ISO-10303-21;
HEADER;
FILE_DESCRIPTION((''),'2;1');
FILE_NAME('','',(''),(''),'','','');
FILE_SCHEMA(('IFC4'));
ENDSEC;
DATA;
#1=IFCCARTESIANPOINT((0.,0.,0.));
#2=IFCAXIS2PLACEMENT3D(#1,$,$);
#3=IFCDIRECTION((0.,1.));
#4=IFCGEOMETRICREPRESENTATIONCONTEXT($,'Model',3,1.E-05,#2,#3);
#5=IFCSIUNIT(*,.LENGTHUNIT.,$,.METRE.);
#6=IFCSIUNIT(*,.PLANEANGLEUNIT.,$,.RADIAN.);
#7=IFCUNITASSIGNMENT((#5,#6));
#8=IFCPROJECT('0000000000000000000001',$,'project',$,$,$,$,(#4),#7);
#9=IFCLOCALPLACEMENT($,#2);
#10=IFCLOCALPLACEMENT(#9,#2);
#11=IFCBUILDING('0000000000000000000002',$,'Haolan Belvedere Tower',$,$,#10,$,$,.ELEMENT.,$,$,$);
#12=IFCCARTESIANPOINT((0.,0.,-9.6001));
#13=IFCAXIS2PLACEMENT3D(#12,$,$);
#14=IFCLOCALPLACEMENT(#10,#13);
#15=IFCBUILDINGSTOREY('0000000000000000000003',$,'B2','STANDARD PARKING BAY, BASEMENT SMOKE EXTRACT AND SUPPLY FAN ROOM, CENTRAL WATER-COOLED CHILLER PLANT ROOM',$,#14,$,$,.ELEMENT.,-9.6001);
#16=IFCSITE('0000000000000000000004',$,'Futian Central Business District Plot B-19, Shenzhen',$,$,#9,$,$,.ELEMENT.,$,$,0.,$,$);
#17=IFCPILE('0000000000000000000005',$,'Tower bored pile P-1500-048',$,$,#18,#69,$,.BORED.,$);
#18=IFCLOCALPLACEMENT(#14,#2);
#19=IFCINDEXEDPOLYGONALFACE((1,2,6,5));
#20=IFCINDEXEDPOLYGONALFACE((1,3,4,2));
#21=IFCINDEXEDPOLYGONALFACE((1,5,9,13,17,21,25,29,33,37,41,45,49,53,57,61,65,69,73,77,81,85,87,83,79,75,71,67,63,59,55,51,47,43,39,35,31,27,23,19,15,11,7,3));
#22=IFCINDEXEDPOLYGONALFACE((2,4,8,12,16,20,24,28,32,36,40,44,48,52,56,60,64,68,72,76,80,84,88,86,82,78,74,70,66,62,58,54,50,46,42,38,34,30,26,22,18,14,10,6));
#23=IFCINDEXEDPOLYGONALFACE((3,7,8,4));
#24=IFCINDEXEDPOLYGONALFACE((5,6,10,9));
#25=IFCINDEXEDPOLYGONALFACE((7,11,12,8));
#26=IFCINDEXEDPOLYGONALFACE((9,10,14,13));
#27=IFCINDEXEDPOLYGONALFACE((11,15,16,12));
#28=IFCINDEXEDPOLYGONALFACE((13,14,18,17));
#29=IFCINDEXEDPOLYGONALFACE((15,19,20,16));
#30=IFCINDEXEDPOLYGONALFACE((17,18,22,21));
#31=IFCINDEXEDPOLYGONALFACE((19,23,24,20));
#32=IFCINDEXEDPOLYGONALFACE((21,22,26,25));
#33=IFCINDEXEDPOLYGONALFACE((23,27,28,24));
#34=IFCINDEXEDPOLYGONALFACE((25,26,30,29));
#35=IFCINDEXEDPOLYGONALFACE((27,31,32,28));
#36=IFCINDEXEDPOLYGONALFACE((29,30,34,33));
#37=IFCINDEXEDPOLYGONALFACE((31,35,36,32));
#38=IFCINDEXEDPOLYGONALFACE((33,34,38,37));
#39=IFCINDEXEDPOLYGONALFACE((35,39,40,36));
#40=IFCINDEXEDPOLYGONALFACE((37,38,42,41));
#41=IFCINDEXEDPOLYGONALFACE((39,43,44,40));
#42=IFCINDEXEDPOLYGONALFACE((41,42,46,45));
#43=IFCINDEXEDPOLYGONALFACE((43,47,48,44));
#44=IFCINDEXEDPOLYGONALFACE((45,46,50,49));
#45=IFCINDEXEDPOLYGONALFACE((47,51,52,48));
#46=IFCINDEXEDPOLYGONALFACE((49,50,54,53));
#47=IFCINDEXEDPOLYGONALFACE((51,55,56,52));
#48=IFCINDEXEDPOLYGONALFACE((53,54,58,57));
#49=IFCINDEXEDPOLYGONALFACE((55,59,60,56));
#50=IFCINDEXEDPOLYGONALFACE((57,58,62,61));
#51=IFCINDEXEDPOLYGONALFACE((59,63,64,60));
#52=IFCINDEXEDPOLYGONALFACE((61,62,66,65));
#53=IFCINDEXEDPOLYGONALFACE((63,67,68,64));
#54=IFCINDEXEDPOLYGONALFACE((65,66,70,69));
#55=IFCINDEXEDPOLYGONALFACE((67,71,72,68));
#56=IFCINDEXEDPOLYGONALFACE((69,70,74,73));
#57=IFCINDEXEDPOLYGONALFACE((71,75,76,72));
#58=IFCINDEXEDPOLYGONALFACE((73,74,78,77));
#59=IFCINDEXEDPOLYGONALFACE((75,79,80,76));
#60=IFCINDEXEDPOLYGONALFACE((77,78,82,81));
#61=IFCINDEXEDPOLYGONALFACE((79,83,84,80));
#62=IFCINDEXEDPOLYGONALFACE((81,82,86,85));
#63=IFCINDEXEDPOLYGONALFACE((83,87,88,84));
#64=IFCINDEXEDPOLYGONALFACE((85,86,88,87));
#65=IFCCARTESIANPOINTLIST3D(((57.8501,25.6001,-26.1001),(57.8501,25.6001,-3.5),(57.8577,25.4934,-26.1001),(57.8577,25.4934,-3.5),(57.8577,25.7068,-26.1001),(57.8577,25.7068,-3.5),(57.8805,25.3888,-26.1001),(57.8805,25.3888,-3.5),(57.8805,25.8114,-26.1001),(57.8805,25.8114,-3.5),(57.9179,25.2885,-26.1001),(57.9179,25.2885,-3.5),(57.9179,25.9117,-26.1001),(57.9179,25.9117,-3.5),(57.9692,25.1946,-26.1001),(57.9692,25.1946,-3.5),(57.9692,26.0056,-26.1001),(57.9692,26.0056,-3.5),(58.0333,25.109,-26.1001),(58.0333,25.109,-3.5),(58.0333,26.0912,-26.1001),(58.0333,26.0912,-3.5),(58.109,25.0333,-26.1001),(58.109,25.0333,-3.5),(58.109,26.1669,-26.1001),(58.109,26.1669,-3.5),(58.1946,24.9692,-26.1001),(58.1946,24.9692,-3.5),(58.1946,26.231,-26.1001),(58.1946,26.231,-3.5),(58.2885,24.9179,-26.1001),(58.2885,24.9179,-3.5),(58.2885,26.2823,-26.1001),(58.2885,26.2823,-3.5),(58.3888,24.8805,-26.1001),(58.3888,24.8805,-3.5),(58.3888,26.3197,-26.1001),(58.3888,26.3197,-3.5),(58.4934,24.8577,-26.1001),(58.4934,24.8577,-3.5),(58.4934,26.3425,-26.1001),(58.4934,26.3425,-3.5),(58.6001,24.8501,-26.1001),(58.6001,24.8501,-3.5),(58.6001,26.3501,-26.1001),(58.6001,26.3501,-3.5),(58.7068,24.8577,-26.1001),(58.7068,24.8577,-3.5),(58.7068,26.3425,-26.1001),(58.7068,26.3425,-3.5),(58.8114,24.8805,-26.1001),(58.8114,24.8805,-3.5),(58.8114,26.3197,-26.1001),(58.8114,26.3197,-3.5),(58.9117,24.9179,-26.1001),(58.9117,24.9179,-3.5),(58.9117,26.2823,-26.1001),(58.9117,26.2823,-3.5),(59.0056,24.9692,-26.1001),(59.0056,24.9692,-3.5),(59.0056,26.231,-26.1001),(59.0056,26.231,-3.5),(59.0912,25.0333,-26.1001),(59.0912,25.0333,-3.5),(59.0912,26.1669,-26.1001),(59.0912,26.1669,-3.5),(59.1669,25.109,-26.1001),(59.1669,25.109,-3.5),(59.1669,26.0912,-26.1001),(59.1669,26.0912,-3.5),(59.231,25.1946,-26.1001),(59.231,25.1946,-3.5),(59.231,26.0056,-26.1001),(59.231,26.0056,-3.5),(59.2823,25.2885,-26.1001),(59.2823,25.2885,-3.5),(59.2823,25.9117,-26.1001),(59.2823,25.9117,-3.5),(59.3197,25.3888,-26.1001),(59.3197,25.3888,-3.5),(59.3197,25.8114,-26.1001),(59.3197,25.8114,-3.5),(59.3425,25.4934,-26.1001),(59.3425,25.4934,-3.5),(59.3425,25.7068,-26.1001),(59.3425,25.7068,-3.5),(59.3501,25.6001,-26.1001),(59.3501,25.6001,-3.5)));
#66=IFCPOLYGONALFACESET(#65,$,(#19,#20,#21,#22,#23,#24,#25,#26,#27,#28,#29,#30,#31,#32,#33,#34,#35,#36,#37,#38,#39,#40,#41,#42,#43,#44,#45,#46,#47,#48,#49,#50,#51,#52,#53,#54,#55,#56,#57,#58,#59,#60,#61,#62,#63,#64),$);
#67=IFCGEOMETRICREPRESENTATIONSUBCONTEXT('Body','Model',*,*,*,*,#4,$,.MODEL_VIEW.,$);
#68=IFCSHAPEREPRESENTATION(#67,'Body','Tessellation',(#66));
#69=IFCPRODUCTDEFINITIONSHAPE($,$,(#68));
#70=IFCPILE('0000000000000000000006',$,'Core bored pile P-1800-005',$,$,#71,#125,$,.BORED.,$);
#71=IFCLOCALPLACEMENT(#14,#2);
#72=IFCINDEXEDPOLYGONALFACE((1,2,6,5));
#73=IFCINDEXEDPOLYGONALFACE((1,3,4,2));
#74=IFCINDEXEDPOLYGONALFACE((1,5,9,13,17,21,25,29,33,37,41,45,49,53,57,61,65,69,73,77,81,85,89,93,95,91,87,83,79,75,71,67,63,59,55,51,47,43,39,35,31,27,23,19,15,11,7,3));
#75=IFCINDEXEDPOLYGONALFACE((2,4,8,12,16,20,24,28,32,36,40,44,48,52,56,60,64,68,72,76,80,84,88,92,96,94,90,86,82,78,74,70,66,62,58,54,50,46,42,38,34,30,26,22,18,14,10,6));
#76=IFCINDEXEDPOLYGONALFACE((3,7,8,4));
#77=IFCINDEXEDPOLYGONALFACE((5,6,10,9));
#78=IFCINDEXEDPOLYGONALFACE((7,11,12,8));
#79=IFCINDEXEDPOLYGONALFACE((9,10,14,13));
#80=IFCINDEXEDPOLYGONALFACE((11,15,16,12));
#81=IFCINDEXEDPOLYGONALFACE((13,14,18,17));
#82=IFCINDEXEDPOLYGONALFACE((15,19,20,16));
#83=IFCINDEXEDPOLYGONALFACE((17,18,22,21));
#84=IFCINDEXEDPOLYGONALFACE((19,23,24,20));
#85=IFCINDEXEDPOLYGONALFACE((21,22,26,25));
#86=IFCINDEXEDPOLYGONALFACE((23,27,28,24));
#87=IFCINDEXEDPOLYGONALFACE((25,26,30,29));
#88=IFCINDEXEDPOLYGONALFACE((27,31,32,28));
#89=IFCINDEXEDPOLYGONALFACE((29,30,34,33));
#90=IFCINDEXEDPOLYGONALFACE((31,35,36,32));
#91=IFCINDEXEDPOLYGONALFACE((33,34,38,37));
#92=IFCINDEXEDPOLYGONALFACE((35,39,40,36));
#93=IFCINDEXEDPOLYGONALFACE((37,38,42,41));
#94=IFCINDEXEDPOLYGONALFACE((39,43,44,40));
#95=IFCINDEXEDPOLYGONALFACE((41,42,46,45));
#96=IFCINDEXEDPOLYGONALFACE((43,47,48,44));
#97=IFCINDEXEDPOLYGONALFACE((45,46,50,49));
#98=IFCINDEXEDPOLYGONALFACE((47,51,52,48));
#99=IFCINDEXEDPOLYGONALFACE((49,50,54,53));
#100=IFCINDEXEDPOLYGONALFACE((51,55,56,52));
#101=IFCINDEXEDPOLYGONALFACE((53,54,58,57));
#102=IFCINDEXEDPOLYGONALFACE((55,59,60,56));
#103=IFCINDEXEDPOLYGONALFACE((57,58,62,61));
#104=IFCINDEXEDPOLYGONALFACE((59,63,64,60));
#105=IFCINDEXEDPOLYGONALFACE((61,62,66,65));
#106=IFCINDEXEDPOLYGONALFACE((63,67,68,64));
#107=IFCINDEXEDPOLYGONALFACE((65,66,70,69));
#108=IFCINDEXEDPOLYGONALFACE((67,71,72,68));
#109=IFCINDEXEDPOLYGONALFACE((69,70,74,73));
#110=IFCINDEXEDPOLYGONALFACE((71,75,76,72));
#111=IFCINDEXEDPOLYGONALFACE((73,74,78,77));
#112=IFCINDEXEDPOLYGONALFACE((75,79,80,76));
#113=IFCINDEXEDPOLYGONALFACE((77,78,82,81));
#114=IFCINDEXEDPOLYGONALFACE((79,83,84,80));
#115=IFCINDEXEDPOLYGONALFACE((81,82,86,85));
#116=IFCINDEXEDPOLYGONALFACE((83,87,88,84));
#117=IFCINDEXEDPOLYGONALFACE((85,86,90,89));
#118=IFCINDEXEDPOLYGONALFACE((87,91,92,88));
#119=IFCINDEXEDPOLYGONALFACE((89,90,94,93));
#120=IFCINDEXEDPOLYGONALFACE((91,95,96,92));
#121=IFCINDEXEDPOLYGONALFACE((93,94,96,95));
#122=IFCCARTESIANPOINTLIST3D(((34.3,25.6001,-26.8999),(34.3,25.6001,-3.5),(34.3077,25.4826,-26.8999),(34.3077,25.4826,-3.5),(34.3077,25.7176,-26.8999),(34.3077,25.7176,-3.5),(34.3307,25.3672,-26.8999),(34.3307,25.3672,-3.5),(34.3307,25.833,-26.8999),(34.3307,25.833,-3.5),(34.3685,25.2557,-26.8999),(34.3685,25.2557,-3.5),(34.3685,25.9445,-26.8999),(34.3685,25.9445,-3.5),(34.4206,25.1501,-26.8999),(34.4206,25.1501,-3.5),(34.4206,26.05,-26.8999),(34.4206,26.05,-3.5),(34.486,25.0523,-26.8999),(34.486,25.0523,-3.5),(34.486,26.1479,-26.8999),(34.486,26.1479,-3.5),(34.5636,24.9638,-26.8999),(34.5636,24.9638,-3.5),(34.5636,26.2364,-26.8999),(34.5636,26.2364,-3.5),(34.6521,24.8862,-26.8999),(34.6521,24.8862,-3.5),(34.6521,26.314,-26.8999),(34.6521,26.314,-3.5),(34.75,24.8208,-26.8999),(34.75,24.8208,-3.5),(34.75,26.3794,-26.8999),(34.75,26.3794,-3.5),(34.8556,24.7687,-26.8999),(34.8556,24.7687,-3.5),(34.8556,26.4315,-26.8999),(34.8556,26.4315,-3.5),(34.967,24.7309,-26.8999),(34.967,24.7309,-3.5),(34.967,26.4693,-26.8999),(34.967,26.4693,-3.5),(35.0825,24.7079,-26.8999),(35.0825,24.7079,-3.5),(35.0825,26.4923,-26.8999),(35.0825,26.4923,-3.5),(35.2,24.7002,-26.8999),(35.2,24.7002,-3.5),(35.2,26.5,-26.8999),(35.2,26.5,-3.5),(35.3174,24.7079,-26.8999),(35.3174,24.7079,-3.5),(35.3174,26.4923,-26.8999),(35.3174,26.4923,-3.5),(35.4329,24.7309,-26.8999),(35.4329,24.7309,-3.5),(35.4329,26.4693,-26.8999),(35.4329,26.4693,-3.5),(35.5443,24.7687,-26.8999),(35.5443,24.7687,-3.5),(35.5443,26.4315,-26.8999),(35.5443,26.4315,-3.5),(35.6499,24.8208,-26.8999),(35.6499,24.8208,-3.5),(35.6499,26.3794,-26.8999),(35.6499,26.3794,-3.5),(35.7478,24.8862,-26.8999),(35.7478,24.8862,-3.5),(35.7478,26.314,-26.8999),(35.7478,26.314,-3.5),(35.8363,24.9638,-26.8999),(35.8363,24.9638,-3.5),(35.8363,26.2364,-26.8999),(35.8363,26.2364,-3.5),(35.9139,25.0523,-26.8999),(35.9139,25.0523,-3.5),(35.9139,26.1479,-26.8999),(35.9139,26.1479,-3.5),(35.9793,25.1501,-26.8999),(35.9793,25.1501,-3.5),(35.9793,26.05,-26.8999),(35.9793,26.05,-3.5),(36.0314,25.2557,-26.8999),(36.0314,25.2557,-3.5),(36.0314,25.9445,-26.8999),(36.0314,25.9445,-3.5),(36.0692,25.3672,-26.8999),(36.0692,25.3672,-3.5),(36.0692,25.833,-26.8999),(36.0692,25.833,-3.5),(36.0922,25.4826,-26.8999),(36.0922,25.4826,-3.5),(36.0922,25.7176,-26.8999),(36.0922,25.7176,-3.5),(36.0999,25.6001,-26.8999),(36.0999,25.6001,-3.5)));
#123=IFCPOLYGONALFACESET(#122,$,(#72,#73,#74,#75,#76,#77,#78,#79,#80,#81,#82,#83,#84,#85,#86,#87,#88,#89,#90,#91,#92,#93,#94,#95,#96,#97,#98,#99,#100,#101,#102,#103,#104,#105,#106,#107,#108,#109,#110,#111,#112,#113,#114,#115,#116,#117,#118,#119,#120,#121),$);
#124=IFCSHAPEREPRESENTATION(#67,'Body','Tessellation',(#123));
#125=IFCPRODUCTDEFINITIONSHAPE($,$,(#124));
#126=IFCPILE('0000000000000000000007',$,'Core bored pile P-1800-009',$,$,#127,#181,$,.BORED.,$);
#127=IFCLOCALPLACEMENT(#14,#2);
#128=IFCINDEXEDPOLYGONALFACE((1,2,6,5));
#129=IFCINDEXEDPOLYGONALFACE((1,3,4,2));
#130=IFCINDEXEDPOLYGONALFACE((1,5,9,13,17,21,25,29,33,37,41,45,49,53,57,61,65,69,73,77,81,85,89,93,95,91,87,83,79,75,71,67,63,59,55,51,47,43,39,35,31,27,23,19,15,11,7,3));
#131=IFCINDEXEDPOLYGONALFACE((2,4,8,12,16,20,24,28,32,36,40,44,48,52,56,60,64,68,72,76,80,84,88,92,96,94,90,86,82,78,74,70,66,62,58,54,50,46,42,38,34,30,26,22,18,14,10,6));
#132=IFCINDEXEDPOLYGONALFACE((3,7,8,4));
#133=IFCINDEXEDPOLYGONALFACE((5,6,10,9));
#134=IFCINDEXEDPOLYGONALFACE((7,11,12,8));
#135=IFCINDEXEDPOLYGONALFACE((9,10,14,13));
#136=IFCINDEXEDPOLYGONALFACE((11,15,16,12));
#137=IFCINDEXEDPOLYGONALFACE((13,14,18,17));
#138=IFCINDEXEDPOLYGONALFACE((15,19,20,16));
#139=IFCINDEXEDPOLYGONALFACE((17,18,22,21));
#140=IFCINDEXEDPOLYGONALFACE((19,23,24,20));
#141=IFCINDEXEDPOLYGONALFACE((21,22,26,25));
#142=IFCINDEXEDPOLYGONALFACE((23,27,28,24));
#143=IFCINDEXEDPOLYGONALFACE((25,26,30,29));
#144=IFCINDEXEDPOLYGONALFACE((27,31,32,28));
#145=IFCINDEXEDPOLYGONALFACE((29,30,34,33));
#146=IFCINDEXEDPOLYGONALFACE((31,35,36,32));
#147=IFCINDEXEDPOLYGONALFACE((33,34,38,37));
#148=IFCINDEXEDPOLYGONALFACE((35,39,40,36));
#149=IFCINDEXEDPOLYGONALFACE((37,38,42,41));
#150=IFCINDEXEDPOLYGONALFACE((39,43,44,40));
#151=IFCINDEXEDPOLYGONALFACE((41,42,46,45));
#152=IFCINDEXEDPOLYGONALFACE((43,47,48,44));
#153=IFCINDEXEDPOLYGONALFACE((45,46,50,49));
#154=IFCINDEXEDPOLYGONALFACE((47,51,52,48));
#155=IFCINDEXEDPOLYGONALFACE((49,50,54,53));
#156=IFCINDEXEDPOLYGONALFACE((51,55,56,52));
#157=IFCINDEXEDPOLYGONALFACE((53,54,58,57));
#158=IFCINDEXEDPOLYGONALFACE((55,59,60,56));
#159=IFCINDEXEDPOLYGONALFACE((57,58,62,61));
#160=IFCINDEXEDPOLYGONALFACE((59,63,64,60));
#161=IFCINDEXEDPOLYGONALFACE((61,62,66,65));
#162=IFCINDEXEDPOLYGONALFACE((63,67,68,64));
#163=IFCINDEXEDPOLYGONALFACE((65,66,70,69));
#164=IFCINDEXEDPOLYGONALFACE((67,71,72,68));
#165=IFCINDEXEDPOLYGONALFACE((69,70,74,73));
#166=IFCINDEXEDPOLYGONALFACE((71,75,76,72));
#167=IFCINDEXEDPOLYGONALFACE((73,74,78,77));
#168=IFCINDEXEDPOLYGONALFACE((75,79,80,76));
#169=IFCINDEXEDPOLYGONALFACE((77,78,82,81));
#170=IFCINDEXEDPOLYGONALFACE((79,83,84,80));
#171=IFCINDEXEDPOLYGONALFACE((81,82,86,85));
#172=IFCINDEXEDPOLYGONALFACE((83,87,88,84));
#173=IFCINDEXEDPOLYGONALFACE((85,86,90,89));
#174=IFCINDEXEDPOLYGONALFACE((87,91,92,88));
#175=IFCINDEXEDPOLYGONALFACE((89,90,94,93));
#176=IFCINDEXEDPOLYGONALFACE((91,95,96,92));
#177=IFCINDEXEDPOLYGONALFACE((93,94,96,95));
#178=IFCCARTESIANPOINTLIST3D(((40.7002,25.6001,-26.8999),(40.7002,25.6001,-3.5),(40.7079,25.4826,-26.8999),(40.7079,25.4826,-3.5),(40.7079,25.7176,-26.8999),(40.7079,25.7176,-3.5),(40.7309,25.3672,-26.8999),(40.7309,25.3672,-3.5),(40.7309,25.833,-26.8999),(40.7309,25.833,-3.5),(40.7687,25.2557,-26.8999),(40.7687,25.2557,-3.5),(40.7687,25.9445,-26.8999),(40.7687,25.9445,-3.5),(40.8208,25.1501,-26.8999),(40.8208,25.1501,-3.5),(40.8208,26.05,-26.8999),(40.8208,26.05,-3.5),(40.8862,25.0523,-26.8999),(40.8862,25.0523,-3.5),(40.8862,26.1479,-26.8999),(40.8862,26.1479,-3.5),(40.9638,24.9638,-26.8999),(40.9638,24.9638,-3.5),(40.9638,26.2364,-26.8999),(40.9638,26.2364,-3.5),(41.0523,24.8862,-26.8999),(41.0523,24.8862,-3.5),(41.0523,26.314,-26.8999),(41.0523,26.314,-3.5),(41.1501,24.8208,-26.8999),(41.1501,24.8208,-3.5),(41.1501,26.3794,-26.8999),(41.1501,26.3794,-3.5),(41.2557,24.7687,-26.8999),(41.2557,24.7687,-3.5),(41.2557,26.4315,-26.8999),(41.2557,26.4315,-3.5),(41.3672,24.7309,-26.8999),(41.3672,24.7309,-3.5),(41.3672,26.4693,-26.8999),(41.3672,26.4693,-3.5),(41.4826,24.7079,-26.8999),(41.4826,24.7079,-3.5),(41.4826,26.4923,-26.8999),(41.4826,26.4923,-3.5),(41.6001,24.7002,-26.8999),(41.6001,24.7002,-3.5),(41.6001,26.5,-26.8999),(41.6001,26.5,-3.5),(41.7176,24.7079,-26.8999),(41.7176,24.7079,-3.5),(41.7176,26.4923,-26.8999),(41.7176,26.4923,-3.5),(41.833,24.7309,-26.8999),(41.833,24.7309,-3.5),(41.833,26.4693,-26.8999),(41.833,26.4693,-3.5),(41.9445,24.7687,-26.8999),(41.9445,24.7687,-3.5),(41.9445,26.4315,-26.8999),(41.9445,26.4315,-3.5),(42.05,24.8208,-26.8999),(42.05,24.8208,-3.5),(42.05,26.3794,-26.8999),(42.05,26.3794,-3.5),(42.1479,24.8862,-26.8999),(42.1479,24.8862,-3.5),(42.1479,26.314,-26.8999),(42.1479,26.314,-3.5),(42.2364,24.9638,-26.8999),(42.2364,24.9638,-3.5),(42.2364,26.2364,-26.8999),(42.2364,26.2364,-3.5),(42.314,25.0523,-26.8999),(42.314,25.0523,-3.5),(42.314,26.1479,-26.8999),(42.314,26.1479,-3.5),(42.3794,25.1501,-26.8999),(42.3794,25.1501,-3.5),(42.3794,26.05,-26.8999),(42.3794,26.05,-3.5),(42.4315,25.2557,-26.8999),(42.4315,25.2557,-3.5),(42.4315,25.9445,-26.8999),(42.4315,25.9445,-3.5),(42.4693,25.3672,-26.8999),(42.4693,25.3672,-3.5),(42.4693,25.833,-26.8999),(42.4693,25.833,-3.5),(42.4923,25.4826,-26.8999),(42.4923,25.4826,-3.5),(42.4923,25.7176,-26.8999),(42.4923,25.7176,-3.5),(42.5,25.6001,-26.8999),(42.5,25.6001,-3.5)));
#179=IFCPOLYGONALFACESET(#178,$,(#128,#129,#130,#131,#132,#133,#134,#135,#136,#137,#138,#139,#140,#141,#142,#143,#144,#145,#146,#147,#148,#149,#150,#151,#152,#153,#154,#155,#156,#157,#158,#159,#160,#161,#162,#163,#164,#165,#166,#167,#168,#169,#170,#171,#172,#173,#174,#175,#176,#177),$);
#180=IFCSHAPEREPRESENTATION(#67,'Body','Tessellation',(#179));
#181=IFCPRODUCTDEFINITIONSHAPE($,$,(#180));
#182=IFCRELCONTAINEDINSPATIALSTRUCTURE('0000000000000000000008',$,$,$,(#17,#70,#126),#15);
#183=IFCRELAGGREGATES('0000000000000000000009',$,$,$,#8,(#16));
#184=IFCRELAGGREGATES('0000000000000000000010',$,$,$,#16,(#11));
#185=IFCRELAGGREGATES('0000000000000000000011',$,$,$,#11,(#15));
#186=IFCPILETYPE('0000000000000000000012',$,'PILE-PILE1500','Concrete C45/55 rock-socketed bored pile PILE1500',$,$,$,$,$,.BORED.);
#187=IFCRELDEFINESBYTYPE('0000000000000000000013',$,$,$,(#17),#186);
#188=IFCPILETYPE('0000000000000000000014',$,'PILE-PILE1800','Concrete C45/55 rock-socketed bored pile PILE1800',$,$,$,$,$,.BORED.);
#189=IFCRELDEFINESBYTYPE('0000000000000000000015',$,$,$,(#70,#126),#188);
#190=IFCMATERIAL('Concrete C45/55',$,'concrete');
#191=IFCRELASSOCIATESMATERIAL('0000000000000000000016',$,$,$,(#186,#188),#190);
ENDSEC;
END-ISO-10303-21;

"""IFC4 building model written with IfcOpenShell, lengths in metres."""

from ifc_helpers import new_model, si_unit, direction, frame, origin, origin_2d, place, context, subcontext, project, spatial, circle, extrude, material, material_profile, profile_set, type_object, element, save


model = new_model("IFC4")

# Units and contexts
model_context = context("Model", 3, precision=1e-05, world=origin(), true_north=direction((0.0, 1.0)))
body_context = subcontext(model_context, "Body", "Model", "MODEL_VIEW")
ifc_project = project(units=[si_unit("LENGTHUNIT", "METRE"), si_unit("PLANEANGLEUNIT", "RADIAN")], contexts=[model_context])

# Site, building, storey
site_placement = place(None, origin())
site = spatial("IfcSite", under=ifc_project, at=site_placement, Name="Futian Central Business District Plot B-19, Shenzhen", CompositionType="ELEMENT", RefElevation=0.0)
building_placement = place(site_placement, origin())
building = spatial("IfcBuilding", under=site, at=building_placement, Name="Haolan Belvedere Tower", CompositionType="ELEMENT")
storey_placement = place(building_placement, frame((0.0, 0.0, -9.6001)))
storey = spatial("IfcBuildingStorey", under=building, at=storey_placement, Name="B2", Description="STANDARD PARKING BAY, BASEMENT SMOKE EXTRACT AND SUPPLY FAN ROOM, CENTRAL WATER-COOLED CHILLER PLANT ROOM", CompositionType="ELEMENT", Elevation=-9.6001)

# Piles
ifc_material_1 = material(Name="Concrete C45/55", Category="concrete")
ifc_material_profile_1 = material_profile(ifc_material_1, circle(Radius=0.75, at=origin_2d()), Name="Concrete C45/55")
ifc_profile_set_1 = profile_set([ifc_material_profile_1], Name="Concrete C45/55")
pile_type_1 = type_object("IfcPileType", Name="PILE-PILE1500", Description="Concrete C45/55 rock-socketed bored pile PILE1500", PredefinedType="BORED", material=ifc_profile_set_1)
for number, where, z_axis, x_axis, name in (
    (1, (58.6001, 25.6001, -3.5), (0.0, 0.0, -1.0), (1.0, 0.0, 0.0), "Tower bored pile P-1500-048"),
):
    element("IfcPile", number, at=place(storey_placement, frame(where, z_axis=z_axis, x_axis=x_axis)), inside=storey, type_object=pile_type_1, Name=name, PredefinedType="BORED", context=body_context, shape_type="SweptSolid", body=[
        extrude(circle(Radius=0.75, at=origin_2d()), origin(), (0.0, 0.0, 1.0), 22.6001),
    ])
ifc_material_profile_2 = material_profile(ifc_material_1, circle(Radius=0.8999, at=origin_2d()), Name="Concrete C45/55")
ifc_profile_set_2 = profile_set([ifc_material_profile_2], Name="Concrete C45/55")
pile_type_2 = type_object("IfcPileType", Name="PILE-PILE1800", Description="Concrete C45/55 rock-socketed bored pile PILE1800", PredefinedType="BORED", material=ifc_profile_set_2)
for number, where, z_axis, x_axis, name in (
    (2, (35.2, 25.6001, -3.5), (0.0, 0.0, -1.0), (1.0, 0.0, 0.0), "Core bored pile P-1800-005"),
    (3, (41.6001, 25.6001, -3.5), (0.0, 0.0, -1.0), (1.0, 0.0, 0.0), "Core bored pile P-1800-009"),
):
    element("IfcPile", number, at=place(storey_placement, frame(where, z_axis=z_axis, x_axis=x_axis)), inside=storey, type_object=pile_type_2, Name=name, PredefinedType="BORED", context=body_context, shape_type="SweptSolid", body=[
        extrude(circle(Radius=0.8999, at=origin_2d()), origin(), (0.0, 0.0, 1.0), 23.3999),
    ])

save(model, "model.ifc")
